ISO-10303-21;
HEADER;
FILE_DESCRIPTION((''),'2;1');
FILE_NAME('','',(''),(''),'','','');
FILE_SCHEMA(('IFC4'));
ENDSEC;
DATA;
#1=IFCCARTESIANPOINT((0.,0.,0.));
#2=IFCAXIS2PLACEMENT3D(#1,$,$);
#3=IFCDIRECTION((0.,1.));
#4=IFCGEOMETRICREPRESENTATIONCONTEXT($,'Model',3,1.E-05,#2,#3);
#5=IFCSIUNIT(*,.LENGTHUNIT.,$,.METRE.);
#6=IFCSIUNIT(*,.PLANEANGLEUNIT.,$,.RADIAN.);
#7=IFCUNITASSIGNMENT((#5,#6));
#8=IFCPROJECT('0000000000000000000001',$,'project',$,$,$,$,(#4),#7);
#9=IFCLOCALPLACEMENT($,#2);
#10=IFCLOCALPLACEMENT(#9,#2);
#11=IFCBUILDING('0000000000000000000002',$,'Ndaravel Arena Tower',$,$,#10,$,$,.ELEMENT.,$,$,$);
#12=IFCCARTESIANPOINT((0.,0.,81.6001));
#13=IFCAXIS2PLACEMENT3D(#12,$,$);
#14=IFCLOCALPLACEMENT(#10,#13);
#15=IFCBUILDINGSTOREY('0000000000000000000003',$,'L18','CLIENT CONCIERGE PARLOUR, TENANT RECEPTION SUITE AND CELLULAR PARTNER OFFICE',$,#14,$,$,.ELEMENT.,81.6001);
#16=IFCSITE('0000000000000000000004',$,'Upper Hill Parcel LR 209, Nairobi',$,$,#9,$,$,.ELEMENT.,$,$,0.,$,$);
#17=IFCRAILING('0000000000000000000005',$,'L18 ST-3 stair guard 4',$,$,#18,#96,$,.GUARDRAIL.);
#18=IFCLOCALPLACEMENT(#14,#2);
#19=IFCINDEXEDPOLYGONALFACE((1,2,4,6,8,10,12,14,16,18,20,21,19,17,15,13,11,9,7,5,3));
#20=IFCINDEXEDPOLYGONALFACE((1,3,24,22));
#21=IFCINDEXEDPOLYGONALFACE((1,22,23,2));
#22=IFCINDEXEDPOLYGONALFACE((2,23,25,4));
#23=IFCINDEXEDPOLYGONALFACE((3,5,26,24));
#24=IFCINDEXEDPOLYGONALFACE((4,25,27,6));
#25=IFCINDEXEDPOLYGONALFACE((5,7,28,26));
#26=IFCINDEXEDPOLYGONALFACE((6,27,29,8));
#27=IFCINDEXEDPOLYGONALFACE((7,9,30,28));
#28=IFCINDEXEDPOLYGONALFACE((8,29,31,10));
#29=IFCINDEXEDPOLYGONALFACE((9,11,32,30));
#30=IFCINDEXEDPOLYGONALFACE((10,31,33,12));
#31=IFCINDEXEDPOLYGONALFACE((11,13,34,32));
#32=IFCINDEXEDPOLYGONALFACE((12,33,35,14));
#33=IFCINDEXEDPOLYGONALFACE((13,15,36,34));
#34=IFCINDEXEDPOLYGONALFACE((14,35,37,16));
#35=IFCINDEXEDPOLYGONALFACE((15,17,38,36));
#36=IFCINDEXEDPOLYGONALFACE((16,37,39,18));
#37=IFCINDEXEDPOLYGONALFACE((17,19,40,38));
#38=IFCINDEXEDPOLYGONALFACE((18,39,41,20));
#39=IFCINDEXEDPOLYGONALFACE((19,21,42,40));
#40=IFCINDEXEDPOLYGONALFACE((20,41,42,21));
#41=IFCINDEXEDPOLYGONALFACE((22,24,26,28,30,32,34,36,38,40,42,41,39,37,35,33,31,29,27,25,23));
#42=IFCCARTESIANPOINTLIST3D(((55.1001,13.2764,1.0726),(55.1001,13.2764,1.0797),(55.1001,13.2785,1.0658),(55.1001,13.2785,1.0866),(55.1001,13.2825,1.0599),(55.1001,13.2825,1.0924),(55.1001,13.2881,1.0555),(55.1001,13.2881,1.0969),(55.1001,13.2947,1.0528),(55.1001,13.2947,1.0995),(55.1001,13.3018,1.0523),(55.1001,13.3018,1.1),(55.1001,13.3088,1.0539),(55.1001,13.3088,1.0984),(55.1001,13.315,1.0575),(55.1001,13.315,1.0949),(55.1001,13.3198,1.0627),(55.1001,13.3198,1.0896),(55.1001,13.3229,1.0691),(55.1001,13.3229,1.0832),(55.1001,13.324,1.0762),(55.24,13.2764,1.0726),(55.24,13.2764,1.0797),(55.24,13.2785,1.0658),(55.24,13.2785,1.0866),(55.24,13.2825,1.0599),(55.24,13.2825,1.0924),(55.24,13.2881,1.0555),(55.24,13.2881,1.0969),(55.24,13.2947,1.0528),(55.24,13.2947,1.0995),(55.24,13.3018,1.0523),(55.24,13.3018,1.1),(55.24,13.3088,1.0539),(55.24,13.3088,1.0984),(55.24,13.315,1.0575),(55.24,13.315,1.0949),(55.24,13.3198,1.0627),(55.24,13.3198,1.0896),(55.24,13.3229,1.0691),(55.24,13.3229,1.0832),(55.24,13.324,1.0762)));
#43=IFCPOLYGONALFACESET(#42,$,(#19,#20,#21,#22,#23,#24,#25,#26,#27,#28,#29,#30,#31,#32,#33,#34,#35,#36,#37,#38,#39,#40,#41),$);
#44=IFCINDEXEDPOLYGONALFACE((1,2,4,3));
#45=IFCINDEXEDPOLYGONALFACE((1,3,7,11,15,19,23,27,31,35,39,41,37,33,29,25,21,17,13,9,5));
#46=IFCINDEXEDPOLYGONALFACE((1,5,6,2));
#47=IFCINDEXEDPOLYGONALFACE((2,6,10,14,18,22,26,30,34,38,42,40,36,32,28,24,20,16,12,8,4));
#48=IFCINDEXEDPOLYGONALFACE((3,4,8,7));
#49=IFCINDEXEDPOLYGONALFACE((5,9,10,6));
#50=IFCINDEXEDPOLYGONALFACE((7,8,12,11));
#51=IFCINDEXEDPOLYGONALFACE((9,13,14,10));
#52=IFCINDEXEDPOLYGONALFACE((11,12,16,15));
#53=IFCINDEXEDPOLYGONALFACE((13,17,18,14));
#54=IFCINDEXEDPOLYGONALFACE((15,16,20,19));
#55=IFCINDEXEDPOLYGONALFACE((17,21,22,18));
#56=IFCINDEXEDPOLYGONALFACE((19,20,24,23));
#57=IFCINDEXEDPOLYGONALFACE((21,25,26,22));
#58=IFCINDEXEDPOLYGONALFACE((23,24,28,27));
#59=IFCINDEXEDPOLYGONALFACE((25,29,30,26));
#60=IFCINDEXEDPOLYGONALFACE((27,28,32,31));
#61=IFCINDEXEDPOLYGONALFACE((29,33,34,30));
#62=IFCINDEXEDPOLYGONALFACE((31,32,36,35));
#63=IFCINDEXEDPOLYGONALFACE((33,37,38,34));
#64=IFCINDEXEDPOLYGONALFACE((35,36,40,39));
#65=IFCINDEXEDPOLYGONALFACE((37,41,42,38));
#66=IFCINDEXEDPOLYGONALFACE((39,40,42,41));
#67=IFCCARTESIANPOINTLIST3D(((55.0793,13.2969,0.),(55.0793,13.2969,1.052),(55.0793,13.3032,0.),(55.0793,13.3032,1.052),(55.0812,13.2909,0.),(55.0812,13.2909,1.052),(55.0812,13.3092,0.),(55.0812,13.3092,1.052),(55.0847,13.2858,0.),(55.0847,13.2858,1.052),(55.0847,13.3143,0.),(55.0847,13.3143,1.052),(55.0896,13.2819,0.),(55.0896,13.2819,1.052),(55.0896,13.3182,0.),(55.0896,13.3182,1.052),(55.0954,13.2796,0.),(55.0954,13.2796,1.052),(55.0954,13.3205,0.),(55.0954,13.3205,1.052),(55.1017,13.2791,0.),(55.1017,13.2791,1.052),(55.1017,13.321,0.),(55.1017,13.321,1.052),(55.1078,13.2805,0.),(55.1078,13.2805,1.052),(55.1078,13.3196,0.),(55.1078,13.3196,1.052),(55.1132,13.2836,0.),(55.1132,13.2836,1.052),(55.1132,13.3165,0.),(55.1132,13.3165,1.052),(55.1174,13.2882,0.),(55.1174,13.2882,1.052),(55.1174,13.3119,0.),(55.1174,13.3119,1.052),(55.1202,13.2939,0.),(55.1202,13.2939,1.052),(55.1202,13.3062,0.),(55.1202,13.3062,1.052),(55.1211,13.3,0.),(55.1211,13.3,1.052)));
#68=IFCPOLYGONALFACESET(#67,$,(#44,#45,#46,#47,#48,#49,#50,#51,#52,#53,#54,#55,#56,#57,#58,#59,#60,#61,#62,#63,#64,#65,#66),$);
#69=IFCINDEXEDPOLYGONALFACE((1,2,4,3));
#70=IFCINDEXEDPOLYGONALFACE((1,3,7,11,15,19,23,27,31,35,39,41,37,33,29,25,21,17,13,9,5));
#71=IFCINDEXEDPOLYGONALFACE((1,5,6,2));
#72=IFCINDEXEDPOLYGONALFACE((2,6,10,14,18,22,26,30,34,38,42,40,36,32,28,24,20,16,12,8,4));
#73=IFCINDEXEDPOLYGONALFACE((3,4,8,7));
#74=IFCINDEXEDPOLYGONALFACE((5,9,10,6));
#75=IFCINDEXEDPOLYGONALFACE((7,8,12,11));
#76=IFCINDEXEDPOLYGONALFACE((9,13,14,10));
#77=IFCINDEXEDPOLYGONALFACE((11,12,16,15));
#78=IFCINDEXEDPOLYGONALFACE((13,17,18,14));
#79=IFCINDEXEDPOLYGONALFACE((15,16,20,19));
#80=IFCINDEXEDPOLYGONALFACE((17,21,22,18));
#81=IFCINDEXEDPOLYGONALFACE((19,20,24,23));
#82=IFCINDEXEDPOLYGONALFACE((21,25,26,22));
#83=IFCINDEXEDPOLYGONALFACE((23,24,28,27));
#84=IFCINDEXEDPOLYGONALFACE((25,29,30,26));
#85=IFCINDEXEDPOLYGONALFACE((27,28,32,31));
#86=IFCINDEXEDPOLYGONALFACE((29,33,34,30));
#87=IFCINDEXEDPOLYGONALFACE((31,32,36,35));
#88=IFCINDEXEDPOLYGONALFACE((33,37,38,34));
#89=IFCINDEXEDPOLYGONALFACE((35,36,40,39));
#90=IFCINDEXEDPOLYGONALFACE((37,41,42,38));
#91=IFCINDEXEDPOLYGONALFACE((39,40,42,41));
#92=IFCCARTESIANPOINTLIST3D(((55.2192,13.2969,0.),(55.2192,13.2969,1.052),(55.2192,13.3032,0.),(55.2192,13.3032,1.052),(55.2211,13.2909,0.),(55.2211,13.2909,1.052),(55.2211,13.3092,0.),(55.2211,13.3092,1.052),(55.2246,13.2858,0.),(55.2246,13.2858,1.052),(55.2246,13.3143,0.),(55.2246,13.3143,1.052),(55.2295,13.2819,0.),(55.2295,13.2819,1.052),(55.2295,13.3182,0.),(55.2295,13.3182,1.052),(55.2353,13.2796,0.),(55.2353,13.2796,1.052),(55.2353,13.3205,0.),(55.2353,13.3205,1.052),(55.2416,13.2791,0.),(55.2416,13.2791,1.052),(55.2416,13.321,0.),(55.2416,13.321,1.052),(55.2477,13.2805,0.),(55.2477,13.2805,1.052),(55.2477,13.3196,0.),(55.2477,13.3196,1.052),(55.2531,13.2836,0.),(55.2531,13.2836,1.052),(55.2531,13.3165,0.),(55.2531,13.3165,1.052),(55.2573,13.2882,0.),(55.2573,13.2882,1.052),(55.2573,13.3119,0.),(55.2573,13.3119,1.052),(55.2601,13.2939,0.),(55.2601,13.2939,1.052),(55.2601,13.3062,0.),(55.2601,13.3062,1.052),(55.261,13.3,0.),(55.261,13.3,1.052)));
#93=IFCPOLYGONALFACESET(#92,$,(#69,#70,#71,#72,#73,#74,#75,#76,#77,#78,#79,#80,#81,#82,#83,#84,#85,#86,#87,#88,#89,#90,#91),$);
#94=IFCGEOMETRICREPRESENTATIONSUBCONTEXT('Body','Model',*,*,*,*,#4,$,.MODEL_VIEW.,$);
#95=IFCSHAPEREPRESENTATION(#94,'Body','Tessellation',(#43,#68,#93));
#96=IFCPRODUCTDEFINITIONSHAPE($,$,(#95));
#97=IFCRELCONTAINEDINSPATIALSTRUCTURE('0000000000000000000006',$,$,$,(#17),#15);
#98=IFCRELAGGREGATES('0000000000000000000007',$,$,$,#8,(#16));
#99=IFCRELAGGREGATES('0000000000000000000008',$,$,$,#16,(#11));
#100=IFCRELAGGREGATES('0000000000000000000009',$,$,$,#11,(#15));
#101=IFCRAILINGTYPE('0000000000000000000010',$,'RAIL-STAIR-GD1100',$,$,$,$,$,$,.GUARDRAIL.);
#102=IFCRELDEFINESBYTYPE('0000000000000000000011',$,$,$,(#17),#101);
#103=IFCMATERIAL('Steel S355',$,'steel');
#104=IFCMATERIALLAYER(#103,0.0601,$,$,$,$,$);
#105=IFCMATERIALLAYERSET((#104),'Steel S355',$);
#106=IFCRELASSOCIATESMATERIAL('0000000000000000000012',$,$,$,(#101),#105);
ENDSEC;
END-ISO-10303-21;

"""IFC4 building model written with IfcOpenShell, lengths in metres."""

from ifc_helpers import new_model, si_unit, direction, frame, origin, origin_2d, place, context, subcontext, project, spatial, circle, extrude, material, layer, layer_set, type_object, element, save


model = new_model("IFC4")

# Units and contexts
model_context = context("Model", 3, precision=1e-05, world=origin(), true_north=direction((0.0, 1.0)))
body_context = subcontext(model_context, "Body", "Model", "MODEL_VIEW")
ifc_project = project(units=[si_unit("LENGTHUNIT", "METRE"), si_unit("PLANEANGLEUNIT", "RADIAN")], contexts=[model_context])

# Site, building, storey
site_placement = place(None, origin())
site = spatial("IfcSite", under=ifc_project, at=site_placement, Name="Upper Hill Parcel LR 209, Nairobi", CompositionType="ELEMENT", RefElevation=0.0)
building_placement = place(site_placement, origin())
building = spatial("IfcBuilding", under=site, at=building_placement, Name="Ndaravel Arena Tower", CompositionType="ELEMENT")
storey_placement = place(building_placement, frame((0.0, 0.0, 81.6001)))
storey = spatial("IfcBuildingStorey", under=building, at=storey_placement, Name="L18", Description="CLIENT CONCIERGE PARLOUR, TENANT RECEPTION SUITE AND CELLULAR PARTNER OFFICE", CompositionType="ELEMENT", Elevation=81.6001)

# Railing
ifc_material_1 = material(Name="Steel S355", Category="steel")
ifc_layer_1 = layer(ifc_material_1, 0.0601)
ifc_layer_set_1 = layer_set([ifc_layer_1], Name="Steel S355")
railing_type_1 = type_object("IfcRailingType", Name="RAIL-STAIR-GD1100", PredefinedType="GUARDRAIL", material=ifc_layer_set_1)
railing_1_placement = place(storey_placement, frame((55.1001, 13.3, 0.0)))
element("IfcRailing", 1, at=railing_1_placement, inside=storey, type_object=railing_type_1, Name="L18 ST-3 stair guard 4", PredefinedType="GUARDRAIL", context=body_context, shape_type="SweptSolid", body=[
    extrude(circle(Radius=0.0239, at=origin_2d()), frame((0.0, 0.0, 1.0762), z_axis=(1.0, 0.0, 0.0), x_axis=(0.0, 1.0, 0.0)), (0.0, 0.0, 1.0), 0.1399),
    extrude(circle(Radius=0.021, at=origin_2d()), origin(), (0.0, 0.0, 1.0), 1.052),
    extrude(circle(Radius=0.021, at=origin_2d()), frame((0.1399, 0.0, 0.0)), (0.0, 0.0, 1.0), 1.052),
])

save(model, "model.ifc")
